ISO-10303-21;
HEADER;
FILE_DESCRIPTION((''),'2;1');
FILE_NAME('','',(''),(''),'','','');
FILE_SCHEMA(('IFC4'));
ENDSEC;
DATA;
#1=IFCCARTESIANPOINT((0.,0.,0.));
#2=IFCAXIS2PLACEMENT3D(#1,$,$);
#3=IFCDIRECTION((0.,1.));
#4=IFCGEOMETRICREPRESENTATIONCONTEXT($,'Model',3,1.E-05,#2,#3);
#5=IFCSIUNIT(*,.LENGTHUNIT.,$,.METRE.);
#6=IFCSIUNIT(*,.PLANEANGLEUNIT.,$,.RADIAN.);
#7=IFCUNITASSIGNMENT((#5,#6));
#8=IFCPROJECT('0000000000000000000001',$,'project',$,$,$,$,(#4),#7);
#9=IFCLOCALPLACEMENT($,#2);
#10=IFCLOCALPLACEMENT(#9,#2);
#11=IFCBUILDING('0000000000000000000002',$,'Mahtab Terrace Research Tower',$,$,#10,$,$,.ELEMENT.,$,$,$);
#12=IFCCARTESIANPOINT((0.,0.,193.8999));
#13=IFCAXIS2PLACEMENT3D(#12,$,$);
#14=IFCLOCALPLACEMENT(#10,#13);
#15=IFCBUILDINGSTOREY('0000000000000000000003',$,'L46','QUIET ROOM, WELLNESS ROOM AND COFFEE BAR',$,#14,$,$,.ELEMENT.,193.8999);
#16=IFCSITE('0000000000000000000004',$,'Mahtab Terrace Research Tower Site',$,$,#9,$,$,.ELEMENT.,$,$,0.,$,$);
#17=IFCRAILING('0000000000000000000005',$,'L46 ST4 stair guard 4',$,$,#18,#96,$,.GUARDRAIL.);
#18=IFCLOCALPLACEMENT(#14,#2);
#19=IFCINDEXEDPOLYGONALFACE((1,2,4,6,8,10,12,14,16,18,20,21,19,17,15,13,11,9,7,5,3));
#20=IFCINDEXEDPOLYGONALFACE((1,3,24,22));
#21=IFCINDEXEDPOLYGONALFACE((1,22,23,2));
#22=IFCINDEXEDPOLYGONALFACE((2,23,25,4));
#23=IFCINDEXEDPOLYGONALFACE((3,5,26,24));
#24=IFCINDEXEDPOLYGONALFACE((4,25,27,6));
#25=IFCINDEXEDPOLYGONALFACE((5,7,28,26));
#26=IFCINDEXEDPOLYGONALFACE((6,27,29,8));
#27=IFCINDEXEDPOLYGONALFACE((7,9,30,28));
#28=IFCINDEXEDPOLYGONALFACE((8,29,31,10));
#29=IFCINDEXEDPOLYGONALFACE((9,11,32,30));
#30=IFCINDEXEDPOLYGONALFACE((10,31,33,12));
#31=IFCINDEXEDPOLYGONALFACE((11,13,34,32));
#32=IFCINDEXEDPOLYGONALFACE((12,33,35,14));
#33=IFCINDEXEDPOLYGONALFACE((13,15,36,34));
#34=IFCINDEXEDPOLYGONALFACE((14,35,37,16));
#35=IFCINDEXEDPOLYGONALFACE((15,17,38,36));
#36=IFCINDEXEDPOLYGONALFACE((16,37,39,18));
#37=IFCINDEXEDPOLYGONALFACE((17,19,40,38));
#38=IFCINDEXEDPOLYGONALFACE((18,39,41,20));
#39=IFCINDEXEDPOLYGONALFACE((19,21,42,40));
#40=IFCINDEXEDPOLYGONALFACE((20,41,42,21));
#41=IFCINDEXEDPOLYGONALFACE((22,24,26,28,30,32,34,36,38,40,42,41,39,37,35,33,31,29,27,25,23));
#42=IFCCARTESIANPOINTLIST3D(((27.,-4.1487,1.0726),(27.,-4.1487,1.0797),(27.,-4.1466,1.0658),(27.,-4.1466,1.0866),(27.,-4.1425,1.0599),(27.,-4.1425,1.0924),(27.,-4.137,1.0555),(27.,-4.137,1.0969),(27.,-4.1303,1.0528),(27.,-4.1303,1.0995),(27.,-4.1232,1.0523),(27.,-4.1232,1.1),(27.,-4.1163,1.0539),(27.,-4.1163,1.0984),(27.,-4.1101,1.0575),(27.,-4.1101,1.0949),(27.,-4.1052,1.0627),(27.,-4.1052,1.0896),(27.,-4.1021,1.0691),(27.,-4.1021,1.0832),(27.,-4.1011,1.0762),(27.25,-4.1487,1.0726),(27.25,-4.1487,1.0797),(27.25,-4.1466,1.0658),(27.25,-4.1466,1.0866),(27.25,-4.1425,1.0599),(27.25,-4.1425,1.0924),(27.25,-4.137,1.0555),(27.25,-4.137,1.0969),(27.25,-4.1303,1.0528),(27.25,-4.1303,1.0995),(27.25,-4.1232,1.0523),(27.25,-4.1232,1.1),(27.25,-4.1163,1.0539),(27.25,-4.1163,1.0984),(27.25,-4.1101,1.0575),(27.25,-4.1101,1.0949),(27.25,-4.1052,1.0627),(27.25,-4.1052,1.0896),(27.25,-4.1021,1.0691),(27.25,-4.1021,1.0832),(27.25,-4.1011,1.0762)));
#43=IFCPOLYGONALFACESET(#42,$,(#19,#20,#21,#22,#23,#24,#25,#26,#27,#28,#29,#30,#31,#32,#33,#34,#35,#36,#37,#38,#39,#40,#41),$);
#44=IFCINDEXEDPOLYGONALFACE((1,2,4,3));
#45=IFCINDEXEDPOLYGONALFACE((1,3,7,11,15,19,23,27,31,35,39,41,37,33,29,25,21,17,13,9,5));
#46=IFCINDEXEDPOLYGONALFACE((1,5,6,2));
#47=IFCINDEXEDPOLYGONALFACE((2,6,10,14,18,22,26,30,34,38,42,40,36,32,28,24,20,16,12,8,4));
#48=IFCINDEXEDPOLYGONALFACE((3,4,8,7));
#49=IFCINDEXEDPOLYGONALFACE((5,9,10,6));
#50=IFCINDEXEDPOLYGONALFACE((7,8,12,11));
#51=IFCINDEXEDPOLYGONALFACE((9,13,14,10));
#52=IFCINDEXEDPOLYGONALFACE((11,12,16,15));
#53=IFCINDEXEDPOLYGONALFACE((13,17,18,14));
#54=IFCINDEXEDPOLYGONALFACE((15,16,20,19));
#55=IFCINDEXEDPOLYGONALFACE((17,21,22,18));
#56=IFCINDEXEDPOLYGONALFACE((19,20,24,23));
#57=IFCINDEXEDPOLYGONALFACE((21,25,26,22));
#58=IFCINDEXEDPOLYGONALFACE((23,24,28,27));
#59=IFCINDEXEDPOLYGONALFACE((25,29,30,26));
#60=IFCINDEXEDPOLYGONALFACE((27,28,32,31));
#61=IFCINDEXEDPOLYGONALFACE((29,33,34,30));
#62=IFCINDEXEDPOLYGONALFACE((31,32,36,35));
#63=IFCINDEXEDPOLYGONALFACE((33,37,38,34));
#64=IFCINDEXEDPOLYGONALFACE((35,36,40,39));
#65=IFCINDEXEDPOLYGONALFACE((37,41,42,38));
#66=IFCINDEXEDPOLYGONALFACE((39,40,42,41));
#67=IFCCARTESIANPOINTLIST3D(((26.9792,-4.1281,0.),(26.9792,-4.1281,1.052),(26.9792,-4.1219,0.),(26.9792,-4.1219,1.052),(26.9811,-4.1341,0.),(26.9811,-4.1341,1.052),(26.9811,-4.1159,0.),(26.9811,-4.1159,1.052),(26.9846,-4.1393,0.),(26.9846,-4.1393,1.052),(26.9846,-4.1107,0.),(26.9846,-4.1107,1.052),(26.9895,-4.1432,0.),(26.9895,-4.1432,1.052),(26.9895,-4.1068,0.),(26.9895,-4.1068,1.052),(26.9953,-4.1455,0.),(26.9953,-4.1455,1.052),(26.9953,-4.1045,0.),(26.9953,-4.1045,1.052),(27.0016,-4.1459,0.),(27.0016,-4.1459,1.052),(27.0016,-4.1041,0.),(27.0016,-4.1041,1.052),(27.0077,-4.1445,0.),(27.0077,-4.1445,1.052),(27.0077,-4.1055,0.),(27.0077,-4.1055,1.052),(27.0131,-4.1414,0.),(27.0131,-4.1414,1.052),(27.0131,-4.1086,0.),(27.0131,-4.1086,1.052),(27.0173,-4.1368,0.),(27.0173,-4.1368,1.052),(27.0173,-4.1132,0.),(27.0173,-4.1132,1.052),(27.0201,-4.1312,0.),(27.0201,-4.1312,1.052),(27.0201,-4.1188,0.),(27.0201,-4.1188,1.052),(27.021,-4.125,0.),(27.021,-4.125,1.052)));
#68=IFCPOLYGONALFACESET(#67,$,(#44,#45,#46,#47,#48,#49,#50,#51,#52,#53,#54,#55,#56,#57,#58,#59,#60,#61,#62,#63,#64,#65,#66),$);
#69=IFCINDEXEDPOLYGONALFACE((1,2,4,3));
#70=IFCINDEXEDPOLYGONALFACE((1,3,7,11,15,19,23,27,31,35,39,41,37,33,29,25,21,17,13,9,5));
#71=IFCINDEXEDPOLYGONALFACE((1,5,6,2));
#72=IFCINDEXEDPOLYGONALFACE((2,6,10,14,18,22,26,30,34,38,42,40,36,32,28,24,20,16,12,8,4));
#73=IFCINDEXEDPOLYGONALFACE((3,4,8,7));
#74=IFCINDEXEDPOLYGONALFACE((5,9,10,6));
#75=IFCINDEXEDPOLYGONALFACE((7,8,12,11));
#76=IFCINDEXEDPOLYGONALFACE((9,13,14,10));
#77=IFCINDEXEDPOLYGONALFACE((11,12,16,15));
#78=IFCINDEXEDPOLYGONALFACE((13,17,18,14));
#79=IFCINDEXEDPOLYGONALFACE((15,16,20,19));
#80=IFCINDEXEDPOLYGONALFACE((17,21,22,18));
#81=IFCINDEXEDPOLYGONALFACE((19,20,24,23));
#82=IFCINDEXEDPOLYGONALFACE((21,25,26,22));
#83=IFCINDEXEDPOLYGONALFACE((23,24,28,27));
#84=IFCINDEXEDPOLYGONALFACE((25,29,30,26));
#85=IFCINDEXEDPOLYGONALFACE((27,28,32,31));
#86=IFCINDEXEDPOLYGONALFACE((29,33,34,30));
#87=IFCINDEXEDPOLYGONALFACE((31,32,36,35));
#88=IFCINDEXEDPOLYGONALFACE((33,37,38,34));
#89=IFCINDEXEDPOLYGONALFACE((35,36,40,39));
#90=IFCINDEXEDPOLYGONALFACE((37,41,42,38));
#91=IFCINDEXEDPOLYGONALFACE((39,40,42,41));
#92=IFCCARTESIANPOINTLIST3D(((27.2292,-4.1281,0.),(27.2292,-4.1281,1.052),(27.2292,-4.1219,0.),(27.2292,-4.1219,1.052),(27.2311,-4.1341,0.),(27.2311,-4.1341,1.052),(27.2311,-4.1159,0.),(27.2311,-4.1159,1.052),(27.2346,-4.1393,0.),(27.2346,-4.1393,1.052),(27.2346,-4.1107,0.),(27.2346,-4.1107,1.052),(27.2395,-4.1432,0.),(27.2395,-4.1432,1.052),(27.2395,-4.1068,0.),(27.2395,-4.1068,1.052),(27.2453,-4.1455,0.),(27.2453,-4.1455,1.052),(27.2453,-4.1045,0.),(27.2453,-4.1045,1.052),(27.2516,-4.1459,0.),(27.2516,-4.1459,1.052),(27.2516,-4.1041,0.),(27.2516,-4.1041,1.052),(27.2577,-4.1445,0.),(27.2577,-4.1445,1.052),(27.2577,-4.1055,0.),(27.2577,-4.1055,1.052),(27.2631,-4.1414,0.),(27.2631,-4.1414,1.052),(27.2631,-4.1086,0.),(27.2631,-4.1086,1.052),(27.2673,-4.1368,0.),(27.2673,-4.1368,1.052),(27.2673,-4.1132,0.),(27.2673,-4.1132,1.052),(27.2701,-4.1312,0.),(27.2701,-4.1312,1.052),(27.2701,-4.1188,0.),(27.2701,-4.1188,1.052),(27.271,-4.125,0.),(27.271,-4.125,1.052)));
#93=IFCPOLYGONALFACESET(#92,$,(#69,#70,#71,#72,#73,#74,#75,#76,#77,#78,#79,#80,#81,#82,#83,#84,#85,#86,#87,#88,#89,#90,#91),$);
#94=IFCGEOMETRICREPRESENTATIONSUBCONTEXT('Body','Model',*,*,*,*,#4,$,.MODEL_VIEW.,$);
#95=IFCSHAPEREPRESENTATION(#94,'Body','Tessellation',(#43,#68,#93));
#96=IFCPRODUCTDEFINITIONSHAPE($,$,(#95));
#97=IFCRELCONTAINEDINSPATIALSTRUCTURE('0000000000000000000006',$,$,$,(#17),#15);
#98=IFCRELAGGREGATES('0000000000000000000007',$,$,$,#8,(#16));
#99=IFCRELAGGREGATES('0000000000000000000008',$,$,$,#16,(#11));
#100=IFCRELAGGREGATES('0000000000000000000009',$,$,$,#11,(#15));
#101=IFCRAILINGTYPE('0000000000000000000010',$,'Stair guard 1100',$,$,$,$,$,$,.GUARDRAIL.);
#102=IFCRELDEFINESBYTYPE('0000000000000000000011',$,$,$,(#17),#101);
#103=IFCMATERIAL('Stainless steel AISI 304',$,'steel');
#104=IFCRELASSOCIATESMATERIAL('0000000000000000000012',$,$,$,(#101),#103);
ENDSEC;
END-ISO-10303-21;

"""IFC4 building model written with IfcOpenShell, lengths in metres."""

from ifc_helpers import new_model, si_unit, direction, frame, origin, origin_2d, place, context, subcontext, project, spatial, circle, extrude, material, type_object, element, save


model = new_model("IFC4")

# Units and contexts
model_context = context("Model", 3, precision=1e-05, world=origin(), true_north=direction((0.0, 1.0)))
body_context = subcontext(model_context, "Body", "Model", "MODEL_VIEW")
ifc_project = project(units=[si_unit("LENGTHUNIT", "METRE"), si_unit("PLANEANGLEUNIT", "RADIAN")], contexts=[model_context])

# Site, building, storey
site_placement = place(None, origin())
site = spatial("IfcSite", under=ifc_project, at=site_placement, Name="Mahtab Terrace Research Tower Site", CompositionType="ELEMENT", RefElevation=0.0)
building_placement = place(site_placement, origin())
building = spatial("IfcBuilding", under=site, at=building_placement, Name="Mahtab Terrace Research Tower", CompositionType="ELEMENT")
storey_placement = place(building_placement, frame((0.0, 0.0, 193.8999)))
storey = spatial("IfcBuildingStorey", under=building, at=storey_placement, Name="L46", Description="QUIET ROOM, WELLNESS ROOM AND COFFEE BAR", CompositionType="ELEMENT", Elevation=193.8999)

# Railing
ifc_material_1 = material(Name="Stainless steel AISI 304", Category="steel")
railing_type_1 = type_object("IfcRailingType", Name="Stair guard 1100", PredefinedType="GUARDRAIL", material=ifc_material_1)
railing_1_placement = place(storey_placement, frame((27.0, -4.125, 0.0)))
element("IfcRailing", 1, at=railing_1_placement, inside=storey, type_object=railing_type_1, Name="L46 ST4 stair guard 4", PredefinedType="GUARDRAIL", context=body_context, shape_type="SweptSolid", body=[
    extrude(circle(Radius=0.0239, at=origin_2d()), frame((0.0, 0.0, 1.0762), z_axis=(1.0, 0.0, 0.0), x_axis=(0.0, 1.0, 0.0)), (0.0, 0.0, 1.0), 0.25),
    extrude(circle(Radius=0.021, at=origin_2d()), origin(), (0.0, 0.0, 1.0), 1.052),
    extrude(circle(Radius=0.021, at=origin_2d()), frame((0.25, 0.0, 0.0)), (0.0, 0.0, 1.0), 1.052),
])

save(model, "model.ifc")
